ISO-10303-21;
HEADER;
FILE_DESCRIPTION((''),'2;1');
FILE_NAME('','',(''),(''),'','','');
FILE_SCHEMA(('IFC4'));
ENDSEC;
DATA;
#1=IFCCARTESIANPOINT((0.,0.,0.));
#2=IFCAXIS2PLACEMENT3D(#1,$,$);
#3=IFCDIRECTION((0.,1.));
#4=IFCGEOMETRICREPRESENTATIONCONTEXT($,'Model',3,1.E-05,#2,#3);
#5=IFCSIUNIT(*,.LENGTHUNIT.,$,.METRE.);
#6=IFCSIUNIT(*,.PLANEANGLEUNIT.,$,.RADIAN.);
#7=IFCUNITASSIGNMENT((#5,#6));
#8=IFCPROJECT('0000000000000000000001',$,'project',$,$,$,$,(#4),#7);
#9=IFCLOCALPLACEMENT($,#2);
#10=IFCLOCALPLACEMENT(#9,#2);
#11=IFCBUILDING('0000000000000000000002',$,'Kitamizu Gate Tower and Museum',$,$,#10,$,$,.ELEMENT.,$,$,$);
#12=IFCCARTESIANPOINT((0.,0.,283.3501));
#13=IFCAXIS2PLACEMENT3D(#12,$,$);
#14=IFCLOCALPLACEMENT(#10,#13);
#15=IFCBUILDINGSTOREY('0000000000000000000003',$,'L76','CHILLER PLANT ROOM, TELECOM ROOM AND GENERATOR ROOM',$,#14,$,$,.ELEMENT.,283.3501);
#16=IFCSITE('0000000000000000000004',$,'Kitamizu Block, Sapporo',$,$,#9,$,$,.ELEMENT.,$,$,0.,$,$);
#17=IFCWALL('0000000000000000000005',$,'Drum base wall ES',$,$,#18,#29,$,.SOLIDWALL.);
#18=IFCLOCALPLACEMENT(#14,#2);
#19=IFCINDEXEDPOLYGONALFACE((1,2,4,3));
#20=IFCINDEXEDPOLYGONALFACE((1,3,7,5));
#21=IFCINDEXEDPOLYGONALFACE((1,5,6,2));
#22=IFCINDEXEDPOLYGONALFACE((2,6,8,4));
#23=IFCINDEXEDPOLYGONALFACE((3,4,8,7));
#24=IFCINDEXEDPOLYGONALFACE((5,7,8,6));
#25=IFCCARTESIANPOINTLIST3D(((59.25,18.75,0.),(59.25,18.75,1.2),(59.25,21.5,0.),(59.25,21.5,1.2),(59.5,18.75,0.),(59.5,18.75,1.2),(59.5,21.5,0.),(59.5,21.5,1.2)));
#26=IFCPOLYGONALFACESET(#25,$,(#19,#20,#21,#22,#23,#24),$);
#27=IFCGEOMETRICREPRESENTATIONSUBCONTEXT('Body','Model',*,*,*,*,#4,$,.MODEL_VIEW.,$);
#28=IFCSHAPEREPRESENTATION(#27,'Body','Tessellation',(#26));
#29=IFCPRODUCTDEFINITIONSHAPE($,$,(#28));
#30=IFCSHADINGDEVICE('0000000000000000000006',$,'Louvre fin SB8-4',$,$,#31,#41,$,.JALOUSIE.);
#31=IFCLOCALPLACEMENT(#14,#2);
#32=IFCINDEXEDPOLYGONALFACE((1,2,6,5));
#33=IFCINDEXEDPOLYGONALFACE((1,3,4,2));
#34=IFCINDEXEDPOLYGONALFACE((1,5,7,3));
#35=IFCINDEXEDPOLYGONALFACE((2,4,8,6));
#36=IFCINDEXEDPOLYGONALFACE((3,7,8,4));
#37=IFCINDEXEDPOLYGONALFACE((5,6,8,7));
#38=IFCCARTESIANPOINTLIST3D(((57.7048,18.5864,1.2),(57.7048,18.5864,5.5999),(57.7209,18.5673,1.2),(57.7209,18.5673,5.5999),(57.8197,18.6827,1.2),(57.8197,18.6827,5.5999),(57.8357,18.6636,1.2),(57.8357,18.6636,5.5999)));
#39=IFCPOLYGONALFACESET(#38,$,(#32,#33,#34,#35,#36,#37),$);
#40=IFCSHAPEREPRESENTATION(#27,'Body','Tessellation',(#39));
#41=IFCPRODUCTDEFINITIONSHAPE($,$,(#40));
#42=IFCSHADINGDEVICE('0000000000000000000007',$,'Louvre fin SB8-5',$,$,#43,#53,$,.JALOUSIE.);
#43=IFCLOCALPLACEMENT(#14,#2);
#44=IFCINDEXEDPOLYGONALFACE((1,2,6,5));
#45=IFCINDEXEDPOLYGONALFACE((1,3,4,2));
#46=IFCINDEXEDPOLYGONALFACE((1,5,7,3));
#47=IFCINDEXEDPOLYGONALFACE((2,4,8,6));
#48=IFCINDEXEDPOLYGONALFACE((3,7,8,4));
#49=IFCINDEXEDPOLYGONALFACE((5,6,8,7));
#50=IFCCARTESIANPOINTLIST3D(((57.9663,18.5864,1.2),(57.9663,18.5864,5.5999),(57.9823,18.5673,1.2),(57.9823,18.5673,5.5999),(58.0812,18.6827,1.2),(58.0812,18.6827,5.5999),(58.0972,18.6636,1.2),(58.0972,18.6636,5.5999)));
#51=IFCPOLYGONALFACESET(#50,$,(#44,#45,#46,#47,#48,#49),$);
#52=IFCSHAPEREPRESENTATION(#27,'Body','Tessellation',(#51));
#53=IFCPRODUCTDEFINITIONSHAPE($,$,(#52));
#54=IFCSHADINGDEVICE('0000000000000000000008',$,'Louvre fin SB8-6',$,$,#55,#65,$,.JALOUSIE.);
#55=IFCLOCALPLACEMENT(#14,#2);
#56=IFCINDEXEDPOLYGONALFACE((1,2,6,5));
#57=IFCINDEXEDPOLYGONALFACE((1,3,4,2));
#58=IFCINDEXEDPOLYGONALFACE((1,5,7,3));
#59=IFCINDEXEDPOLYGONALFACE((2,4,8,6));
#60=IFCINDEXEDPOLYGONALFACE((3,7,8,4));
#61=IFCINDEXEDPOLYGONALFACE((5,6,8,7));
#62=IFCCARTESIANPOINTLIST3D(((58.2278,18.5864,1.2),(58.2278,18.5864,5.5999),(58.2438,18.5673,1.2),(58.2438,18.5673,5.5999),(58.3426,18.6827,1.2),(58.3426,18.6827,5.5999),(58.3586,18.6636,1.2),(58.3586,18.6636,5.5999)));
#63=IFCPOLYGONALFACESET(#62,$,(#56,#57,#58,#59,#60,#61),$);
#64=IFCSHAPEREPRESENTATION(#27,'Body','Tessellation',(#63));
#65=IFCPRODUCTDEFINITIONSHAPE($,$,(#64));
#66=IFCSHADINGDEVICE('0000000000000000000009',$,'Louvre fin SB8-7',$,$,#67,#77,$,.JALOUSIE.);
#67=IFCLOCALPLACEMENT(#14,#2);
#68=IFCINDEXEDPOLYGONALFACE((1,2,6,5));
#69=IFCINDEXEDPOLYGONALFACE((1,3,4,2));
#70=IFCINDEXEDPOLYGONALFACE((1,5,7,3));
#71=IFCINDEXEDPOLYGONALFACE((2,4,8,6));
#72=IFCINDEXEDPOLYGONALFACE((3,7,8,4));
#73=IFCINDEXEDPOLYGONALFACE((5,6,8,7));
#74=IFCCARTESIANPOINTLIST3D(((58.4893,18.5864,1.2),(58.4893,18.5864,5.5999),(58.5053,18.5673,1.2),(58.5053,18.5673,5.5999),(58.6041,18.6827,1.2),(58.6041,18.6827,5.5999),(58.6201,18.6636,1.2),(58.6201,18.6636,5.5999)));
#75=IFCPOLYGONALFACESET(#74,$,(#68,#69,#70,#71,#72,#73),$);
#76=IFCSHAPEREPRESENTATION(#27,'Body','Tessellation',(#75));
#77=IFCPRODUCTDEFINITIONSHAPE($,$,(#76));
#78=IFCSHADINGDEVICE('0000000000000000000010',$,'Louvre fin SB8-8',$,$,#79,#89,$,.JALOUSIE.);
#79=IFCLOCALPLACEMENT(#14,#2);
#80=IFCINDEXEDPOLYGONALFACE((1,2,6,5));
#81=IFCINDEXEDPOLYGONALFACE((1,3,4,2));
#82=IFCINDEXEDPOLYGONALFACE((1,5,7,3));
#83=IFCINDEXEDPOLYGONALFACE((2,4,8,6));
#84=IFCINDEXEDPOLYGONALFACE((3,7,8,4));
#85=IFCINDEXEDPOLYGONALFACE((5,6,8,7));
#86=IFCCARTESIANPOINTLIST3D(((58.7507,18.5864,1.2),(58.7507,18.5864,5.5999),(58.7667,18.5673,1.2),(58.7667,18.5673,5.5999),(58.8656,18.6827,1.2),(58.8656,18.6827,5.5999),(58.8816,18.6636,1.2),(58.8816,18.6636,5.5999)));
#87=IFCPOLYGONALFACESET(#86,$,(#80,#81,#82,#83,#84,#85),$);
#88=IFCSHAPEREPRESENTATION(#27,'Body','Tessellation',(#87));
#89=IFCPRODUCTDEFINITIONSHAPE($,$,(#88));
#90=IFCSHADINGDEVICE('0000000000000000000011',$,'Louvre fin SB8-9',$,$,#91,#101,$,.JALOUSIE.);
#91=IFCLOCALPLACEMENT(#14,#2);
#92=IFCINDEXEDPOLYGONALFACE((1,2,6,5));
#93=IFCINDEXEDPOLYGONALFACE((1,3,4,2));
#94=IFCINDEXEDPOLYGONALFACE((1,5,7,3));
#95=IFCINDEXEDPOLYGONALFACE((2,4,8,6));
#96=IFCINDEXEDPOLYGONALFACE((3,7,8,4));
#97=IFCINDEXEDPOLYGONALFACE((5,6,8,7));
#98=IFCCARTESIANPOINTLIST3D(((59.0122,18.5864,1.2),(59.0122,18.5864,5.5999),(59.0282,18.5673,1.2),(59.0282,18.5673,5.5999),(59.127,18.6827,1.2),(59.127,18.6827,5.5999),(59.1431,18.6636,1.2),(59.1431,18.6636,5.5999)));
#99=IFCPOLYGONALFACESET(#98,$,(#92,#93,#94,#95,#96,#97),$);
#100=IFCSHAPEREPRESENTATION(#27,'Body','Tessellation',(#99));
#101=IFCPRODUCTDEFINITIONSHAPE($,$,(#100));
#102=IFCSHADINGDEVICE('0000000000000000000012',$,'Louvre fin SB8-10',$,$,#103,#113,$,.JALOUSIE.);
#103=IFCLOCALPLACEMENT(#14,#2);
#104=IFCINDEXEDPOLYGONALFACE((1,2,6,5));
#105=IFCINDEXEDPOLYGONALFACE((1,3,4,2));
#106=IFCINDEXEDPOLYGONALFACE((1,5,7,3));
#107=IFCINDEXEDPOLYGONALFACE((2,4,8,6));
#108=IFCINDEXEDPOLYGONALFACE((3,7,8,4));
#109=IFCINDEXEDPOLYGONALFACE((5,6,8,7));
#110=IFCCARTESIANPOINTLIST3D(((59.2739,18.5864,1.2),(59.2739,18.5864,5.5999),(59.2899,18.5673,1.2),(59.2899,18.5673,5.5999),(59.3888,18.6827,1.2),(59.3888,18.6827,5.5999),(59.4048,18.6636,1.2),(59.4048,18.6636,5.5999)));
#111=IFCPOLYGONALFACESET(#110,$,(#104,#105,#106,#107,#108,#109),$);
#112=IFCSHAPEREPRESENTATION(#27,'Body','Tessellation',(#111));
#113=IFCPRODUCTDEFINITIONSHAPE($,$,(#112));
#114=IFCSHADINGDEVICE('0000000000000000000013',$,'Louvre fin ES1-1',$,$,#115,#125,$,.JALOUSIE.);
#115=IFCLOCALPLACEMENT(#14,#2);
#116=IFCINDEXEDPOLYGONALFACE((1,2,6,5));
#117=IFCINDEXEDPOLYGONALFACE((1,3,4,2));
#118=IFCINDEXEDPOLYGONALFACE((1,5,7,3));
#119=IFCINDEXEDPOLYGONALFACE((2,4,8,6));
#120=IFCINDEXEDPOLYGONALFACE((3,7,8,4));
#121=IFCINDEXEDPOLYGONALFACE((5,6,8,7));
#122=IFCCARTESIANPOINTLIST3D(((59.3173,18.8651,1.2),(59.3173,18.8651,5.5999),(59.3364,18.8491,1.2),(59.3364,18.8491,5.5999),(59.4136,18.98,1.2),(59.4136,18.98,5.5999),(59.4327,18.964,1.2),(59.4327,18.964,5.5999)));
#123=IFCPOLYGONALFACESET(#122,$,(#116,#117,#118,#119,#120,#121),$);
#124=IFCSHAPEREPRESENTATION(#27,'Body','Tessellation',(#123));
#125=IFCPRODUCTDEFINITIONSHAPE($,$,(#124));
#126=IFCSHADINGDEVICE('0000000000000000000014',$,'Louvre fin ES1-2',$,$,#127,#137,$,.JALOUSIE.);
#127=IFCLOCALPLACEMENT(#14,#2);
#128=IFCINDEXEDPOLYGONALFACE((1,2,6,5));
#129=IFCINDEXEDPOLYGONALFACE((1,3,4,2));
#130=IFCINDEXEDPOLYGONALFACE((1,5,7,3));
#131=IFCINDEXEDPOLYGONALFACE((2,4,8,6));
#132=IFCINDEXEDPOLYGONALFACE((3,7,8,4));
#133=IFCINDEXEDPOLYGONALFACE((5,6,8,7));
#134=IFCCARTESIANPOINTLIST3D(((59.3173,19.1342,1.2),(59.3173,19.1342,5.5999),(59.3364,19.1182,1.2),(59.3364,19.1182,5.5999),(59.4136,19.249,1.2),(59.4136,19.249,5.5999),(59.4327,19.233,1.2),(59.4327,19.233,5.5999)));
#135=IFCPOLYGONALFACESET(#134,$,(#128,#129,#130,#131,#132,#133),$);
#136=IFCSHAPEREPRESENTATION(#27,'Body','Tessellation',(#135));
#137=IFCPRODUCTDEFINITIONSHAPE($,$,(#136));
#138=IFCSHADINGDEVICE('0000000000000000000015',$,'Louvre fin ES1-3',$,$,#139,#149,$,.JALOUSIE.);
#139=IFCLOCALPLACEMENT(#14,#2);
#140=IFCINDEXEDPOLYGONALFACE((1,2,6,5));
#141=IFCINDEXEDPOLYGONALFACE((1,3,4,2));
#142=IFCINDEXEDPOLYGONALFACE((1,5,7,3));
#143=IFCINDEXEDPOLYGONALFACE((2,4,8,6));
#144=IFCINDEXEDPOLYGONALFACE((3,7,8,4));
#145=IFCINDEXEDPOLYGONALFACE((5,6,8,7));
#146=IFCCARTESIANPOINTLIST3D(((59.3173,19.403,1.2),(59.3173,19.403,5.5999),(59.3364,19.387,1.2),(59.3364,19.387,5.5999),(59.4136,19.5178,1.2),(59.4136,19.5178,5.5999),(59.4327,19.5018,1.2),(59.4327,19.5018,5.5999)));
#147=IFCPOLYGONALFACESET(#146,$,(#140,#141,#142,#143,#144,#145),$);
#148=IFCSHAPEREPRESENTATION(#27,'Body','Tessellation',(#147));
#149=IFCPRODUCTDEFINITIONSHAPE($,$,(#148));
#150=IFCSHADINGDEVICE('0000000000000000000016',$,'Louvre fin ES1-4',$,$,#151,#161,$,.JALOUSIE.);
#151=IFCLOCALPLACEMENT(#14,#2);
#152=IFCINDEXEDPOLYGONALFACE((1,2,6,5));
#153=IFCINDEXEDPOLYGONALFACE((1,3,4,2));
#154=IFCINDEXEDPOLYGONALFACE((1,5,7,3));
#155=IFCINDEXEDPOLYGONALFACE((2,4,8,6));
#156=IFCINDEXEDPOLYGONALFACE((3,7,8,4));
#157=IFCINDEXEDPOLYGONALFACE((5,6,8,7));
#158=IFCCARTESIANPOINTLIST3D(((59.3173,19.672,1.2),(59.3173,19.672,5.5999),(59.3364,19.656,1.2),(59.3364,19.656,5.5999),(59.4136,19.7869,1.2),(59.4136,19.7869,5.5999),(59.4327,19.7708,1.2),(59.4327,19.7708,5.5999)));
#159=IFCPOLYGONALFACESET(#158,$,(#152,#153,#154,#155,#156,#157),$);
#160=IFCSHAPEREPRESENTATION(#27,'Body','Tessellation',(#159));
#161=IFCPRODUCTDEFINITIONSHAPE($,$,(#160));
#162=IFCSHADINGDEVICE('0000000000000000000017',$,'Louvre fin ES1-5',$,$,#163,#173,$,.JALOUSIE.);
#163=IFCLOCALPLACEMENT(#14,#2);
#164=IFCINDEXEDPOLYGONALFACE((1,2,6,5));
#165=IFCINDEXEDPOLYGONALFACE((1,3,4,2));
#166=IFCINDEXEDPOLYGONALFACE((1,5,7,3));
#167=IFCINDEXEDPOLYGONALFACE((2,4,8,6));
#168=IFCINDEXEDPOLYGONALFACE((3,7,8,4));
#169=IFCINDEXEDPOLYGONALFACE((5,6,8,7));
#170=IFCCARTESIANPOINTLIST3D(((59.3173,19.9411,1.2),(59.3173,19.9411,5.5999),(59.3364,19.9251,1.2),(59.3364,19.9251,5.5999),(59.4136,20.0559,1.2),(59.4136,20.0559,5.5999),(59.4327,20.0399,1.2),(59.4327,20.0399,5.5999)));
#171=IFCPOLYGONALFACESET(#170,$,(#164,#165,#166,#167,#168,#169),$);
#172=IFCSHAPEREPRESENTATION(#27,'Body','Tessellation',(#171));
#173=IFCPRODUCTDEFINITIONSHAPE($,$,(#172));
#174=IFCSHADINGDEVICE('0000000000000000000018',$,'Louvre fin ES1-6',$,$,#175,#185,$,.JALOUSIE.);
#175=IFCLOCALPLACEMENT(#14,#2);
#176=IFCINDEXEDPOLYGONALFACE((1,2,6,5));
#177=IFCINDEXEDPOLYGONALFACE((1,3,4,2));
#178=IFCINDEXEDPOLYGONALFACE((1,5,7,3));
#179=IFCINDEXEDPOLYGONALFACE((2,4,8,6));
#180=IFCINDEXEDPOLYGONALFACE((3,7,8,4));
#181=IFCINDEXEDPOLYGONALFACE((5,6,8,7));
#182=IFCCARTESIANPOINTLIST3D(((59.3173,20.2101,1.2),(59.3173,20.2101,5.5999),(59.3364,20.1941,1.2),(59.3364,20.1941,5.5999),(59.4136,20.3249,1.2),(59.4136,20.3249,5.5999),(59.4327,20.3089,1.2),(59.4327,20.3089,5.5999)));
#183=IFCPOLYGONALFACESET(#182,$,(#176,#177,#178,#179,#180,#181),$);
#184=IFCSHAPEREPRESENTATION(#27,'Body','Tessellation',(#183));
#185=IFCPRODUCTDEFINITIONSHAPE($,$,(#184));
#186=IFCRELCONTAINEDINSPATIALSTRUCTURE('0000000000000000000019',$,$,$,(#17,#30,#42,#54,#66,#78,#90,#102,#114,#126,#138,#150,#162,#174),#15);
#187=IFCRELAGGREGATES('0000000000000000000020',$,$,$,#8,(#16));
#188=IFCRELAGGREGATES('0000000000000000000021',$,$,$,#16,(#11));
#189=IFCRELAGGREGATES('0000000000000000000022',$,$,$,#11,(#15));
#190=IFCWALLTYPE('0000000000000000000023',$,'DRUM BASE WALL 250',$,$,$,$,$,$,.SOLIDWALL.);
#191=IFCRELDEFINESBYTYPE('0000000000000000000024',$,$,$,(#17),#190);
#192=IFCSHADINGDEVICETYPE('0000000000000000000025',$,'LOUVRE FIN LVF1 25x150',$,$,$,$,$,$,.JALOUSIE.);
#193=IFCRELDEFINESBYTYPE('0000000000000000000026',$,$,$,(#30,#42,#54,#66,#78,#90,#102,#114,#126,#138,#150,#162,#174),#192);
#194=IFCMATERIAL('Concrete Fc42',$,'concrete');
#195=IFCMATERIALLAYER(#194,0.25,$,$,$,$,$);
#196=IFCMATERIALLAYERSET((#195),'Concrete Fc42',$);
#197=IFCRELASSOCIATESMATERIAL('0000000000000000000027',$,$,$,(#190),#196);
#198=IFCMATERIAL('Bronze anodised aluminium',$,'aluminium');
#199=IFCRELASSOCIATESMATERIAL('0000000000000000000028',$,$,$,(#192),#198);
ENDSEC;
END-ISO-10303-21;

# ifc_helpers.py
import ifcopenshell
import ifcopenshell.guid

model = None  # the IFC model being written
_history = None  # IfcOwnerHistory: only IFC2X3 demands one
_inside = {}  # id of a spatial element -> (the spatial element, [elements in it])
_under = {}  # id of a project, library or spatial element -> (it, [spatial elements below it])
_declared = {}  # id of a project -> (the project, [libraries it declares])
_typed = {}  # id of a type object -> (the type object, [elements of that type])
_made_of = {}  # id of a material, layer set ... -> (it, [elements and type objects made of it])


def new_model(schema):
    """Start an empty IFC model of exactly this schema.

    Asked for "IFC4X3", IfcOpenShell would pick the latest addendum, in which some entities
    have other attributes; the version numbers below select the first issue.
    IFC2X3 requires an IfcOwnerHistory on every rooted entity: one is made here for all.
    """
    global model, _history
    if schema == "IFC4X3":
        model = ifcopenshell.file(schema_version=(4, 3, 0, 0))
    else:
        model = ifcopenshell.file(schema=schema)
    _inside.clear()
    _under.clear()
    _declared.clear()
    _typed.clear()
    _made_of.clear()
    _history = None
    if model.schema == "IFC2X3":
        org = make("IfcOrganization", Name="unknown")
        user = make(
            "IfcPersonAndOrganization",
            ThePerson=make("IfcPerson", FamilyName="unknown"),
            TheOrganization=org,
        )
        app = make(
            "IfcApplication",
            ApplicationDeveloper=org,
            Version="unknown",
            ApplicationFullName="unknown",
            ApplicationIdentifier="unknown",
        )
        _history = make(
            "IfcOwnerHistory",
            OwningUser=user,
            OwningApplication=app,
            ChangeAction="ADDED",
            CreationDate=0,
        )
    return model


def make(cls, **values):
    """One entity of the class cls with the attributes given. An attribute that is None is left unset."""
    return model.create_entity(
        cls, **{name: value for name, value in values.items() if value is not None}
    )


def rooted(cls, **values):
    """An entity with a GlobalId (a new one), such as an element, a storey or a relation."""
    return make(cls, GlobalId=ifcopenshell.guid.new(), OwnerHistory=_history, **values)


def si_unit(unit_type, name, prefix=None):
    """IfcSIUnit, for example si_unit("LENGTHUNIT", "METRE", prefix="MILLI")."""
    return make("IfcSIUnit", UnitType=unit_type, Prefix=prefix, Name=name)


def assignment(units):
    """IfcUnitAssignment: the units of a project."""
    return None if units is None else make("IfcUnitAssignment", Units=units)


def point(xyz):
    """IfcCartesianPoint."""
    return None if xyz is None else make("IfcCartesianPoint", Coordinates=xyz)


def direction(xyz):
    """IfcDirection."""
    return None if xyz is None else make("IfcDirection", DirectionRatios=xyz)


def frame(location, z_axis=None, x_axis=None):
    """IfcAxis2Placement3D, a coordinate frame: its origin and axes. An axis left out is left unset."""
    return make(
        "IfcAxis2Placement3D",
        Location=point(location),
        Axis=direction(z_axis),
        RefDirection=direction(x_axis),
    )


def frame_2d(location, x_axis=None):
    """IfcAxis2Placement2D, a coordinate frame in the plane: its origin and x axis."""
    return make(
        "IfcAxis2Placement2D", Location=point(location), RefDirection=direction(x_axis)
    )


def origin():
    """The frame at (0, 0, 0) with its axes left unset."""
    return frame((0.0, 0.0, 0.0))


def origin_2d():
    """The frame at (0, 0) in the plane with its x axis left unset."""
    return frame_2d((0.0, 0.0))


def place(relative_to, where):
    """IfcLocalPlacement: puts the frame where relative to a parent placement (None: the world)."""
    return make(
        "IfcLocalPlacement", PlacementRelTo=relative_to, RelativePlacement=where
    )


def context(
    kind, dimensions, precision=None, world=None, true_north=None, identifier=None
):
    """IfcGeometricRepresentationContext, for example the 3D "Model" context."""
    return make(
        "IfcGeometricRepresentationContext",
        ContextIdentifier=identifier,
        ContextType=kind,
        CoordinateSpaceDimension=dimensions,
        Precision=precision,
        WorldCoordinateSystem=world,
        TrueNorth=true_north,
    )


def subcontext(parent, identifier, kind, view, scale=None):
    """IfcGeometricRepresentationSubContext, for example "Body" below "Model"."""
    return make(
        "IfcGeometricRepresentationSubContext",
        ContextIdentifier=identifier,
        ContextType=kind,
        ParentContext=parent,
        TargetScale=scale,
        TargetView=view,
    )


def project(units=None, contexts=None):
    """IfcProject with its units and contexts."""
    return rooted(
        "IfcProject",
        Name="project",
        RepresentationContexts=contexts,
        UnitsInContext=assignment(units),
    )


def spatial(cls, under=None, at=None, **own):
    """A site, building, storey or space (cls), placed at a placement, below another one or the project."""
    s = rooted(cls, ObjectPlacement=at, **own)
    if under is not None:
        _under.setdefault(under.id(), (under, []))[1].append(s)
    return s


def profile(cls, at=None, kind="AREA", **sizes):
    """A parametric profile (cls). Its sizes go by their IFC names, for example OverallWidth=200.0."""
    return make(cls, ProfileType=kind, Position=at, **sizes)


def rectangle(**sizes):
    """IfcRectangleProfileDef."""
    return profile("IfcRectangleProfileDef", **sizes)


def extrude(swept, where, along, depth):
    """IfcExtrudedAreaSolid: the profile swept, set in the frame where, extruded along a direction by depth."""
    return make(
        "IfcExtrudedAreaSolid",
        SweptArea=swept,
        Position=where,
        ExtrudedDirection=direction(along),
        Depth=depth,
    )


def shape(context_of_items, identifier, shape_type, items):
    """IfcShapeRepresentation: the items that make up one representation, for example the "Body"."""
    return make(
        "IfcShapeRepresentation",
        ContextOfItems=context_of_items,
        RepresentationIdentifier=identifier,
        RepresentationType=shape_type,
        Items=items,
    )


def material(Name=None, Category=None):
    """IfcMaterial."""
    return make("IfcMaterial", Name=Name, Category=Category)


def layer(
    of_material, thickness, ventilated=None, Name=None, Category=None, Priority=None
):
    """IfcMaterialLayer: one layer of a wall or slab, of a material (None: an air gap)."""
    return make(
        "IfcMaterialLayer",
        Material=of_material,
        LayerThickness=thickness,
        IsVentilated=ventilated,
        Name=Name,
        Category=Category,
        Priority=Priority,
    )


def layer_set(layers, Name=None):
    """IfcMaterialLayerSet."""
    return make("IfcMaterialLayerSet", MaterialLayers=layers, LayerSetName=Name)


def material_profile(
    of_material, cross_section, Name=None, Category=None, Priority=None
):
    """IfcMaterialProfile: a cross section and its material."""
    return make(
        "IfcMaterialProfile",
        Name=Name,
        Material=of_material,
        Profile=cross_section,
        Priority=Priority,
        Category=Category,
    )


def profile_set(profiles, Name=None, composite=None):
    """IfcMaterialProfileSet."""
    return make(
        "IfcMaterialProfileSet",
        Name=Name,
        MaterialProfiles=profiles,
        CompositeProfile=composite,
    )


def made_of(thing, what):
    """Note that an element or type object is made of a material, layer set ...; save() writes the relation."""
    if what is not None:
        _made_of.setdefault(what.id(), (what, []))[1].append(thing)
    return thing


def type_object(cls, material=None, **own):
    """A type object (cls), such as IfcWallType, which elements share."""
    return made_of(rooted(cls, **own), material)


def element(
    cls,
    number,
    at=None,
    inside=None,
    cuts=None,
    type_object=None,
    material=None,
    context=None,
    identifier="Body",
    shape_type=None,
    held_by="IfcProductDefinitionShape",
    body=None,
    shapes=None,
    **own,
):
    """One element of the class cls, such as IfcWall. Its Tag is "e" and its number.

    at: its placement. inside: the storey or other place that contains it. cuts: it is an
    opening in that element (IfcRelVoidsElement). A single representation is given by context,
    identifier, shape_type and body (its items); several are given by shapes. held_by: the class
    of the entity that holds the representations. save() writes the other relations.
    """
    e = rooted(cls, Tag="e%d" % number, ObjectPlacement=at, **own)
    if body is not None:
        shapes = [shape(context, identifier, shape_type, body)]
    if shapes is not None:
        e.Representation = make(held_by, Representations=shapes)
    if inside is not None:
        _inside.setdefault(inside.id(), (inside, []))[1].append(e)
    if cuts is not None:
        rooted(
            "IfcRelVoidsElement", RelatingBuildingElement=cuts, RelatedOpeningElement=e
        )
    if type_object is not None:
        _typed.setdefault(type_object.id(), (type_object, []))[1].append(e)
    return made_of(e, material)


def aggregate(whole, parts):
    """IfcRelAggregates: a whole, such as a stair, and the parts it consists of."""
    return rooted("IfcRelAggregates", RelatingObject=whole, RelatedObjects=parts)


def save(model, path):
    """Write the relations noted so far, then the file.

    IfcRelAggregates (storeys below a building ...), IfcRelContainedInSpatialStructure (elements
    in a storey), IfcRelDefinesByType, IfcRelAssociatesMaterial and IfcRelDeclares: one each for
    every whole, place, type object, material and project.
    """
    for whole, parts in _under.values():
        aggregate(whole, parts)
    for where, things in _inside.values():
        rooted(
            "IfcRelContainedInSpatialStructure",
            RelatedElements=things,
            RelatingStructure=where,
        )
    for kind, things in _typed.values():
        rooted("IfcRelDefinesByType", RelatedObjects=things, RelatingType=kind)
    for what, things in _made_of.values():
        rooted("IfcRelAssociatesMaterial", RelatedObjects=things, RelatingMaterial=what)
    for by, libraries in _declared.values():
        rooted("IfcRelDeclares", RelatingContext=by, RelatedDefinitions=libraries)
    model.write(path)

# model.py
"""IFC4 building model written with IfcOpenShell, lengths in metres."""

from ifc_helpers import new_model, si_unit, direction, frame, frame_2d, origin, origin_2d, place, context, subcontext, project, spatial, rectangle, extrude, material, layer, layer_set, material_profile, profile_set, type_object, element, save


model = new_model("IFC4")

# Units and contexts
model_context = context("Model", 3, precision=1e-05, world=origin(), true_north=direction((0.0, 1.0)))
body_context = subcontext(model_context, "Body", "Model", "MODEL_VIEW")
ifc_project = project(units=[si_unit("LENGTHUNIT", "METRE"), si_unit("PLANEANGLEUNIT", "RADIAN")], contexts=[model_context])

# Site, building, storey
site_placement = place(None, origin())
site = spatial("IfcSite", under=ifc_project, at=site_placement, Name="Kitamizu Block, Sapporo", CompositionType="ELEMENT", RefElevation=0.0)
building_placement = place(site_placement, origin())
building = spatial("IfcBuilding", under=site, at=building_placement, Name="Kitamizu Gate Tower and Museum", CompositionType="ELEMENT")
storey_placement = place(building_placement, frame((0.0, 0.0, 283.3501)))
storey = spatial("IfcBuildingStorey", under=building, at=storey_placement, Name="L76", Description="CHILLER PLANT ROOM, TELECOM ROOM AND GENERATOR ROOM", CompositionType="ELEMENT", Elevation=283.3501)

# Wall
ifc_material_1 = material(Name="Concrete Fc42", Category="concrete")
ifc_layer = layer(ifc_material_1, 0.25)
ifc_layer_set = layer_set([ifc_layer], Name="Concrete Fc42")
wall_type = type_object("IfcWallType", Name="DRUM BASE WALL 250", PredefinedType="SOLIDWALL", material=ifc_layer_set)
wall_placement = place(storey_placement, frame((59.375, 18.75, 0.0), z_axis=(0.0, 0.0, 1.0), x_axis=(0.0, 1.0, 0.0)))
element("IfcWall", 1, at=wall_placement, inside=storey, type_object=wall_type, Name="Drum base wall ES", PredefinedType="SOLIDWALL", context=body_context, shape_type="SweptSolid", body=[
    extrude(rectangle(XDim=2.75, YDim=0.25, at=frame_2d((1.375, 0.0))), origin(), (0.0, 0.0, 1.0), 1.2),
])

# Shading devices
ifc_material_2 = material(Name="Bronze anodised aluminium", Category="aluminium")
ifc_material_profile = material_profile(ifc_material_2, rectangle(XDim=0.1499, YDim=0.0249, at=origin_2d()), Name="AL 25x150")
ifc_profile_set = profile_set([ifc_material_profile], Name="Bronze anodised aluminium")
shading_device_type = type_object("IfcShadingDeviceType", Name="LOUVRE FIN LVF1 25x150", PredefinedType="JALOUSIE", material=ifc_profile_set)
for number, where, z_axis, x_axis, name in (
    (2, (57.7703, 18.625, 1.2), (0.0, 0.0, 1.0), (0.766044, 0.642788, 0.0), "Louvre fin SB8-4"),
    (3, (58.0317, 18.625, 1.2), (0.0, 0.0, 1.0), (0.766044, 0.642788, 0.0), "Louvre fin SB8-5"),
    (4, (58.2932, 18.625, 1.2), (0.0, 0.0, 1.0), (0.766044, 0.642788, 0.0), "Louvre fin SB8-6"),
    (5, (58.5547, 18.625, 1.2), (0.0, 0.0, 1.0), (0.766044, 0.642788, 0.0), "Louvre fin SB8-7"),
    (6, (58.8162, 18.625, 1.2), (0.0, 0.0, 1.0), (0.766044, 0.642788, 0.0), "Louvre fin SB8-8"),
    (7, (59.0776, 18.625, 1.2), (0.0, 0.0, 1.0), (0.766044, 0.642788, 0.0), "Louvre fin SB8-9"),
    (8, (59.3394, 18.625, 1.2), (0.0, 0.0, 1.0), (0.766044, 0.642788, 0.0), "Louvre fin SB8-10"),
    (9, (59.375, 18.9146, 1.2), (0.0, 0.0, 1.0), (0.642788, 0.766044, 0.0), "Louvre fin ES1-1"),
    (10, (59.375, 19.1836, 1.2), (0.0, 0.0, 1.0), (0.642788, 0.766044, 0.0), "Louvre fin ES1-2"),
    (11, (59.375, 19.4524, 1.2), (0.0, 0.0, 1.0), (0.642788, 0.766044, 0.0), "Louvre fin ES1-3"),
    (12, (59.375, 19.7214, 1.2), (0.0, 0.0, 1.0), (0.642788, 0.766044, 0.0), "Louvre fin ES1-4"),
    (13, (59.375, 19.9905, 1.2), (0.0, 0.0, 1.0), (0.642788, 0.766044, 0.0), "Louvre fin ES1-5"),
    (14, (59.375, 20.2595, 1.2), (0.0, 0.0, 1.0), (0.642788, 0.766044, 0.0), "Louvre fin ES1-6"),
):
    element("IfcShadingDevice", number, at=place(storey_placement, frame(where, z_axis=z_axis, x_axis=x_axis)), inside=storey, type_object=shading_device_type, Name=name, PredefinedType="JALOUSIE", context=body_context, shape_type="SweptSolid", body=[
        extrude(rectangle(XDim=0.1499, YDim=0.0249, at=origin_2d()), origin(), (0.0, 0.0, 1.0), 4.3999),
    ])

save(model, "model.ifc")
